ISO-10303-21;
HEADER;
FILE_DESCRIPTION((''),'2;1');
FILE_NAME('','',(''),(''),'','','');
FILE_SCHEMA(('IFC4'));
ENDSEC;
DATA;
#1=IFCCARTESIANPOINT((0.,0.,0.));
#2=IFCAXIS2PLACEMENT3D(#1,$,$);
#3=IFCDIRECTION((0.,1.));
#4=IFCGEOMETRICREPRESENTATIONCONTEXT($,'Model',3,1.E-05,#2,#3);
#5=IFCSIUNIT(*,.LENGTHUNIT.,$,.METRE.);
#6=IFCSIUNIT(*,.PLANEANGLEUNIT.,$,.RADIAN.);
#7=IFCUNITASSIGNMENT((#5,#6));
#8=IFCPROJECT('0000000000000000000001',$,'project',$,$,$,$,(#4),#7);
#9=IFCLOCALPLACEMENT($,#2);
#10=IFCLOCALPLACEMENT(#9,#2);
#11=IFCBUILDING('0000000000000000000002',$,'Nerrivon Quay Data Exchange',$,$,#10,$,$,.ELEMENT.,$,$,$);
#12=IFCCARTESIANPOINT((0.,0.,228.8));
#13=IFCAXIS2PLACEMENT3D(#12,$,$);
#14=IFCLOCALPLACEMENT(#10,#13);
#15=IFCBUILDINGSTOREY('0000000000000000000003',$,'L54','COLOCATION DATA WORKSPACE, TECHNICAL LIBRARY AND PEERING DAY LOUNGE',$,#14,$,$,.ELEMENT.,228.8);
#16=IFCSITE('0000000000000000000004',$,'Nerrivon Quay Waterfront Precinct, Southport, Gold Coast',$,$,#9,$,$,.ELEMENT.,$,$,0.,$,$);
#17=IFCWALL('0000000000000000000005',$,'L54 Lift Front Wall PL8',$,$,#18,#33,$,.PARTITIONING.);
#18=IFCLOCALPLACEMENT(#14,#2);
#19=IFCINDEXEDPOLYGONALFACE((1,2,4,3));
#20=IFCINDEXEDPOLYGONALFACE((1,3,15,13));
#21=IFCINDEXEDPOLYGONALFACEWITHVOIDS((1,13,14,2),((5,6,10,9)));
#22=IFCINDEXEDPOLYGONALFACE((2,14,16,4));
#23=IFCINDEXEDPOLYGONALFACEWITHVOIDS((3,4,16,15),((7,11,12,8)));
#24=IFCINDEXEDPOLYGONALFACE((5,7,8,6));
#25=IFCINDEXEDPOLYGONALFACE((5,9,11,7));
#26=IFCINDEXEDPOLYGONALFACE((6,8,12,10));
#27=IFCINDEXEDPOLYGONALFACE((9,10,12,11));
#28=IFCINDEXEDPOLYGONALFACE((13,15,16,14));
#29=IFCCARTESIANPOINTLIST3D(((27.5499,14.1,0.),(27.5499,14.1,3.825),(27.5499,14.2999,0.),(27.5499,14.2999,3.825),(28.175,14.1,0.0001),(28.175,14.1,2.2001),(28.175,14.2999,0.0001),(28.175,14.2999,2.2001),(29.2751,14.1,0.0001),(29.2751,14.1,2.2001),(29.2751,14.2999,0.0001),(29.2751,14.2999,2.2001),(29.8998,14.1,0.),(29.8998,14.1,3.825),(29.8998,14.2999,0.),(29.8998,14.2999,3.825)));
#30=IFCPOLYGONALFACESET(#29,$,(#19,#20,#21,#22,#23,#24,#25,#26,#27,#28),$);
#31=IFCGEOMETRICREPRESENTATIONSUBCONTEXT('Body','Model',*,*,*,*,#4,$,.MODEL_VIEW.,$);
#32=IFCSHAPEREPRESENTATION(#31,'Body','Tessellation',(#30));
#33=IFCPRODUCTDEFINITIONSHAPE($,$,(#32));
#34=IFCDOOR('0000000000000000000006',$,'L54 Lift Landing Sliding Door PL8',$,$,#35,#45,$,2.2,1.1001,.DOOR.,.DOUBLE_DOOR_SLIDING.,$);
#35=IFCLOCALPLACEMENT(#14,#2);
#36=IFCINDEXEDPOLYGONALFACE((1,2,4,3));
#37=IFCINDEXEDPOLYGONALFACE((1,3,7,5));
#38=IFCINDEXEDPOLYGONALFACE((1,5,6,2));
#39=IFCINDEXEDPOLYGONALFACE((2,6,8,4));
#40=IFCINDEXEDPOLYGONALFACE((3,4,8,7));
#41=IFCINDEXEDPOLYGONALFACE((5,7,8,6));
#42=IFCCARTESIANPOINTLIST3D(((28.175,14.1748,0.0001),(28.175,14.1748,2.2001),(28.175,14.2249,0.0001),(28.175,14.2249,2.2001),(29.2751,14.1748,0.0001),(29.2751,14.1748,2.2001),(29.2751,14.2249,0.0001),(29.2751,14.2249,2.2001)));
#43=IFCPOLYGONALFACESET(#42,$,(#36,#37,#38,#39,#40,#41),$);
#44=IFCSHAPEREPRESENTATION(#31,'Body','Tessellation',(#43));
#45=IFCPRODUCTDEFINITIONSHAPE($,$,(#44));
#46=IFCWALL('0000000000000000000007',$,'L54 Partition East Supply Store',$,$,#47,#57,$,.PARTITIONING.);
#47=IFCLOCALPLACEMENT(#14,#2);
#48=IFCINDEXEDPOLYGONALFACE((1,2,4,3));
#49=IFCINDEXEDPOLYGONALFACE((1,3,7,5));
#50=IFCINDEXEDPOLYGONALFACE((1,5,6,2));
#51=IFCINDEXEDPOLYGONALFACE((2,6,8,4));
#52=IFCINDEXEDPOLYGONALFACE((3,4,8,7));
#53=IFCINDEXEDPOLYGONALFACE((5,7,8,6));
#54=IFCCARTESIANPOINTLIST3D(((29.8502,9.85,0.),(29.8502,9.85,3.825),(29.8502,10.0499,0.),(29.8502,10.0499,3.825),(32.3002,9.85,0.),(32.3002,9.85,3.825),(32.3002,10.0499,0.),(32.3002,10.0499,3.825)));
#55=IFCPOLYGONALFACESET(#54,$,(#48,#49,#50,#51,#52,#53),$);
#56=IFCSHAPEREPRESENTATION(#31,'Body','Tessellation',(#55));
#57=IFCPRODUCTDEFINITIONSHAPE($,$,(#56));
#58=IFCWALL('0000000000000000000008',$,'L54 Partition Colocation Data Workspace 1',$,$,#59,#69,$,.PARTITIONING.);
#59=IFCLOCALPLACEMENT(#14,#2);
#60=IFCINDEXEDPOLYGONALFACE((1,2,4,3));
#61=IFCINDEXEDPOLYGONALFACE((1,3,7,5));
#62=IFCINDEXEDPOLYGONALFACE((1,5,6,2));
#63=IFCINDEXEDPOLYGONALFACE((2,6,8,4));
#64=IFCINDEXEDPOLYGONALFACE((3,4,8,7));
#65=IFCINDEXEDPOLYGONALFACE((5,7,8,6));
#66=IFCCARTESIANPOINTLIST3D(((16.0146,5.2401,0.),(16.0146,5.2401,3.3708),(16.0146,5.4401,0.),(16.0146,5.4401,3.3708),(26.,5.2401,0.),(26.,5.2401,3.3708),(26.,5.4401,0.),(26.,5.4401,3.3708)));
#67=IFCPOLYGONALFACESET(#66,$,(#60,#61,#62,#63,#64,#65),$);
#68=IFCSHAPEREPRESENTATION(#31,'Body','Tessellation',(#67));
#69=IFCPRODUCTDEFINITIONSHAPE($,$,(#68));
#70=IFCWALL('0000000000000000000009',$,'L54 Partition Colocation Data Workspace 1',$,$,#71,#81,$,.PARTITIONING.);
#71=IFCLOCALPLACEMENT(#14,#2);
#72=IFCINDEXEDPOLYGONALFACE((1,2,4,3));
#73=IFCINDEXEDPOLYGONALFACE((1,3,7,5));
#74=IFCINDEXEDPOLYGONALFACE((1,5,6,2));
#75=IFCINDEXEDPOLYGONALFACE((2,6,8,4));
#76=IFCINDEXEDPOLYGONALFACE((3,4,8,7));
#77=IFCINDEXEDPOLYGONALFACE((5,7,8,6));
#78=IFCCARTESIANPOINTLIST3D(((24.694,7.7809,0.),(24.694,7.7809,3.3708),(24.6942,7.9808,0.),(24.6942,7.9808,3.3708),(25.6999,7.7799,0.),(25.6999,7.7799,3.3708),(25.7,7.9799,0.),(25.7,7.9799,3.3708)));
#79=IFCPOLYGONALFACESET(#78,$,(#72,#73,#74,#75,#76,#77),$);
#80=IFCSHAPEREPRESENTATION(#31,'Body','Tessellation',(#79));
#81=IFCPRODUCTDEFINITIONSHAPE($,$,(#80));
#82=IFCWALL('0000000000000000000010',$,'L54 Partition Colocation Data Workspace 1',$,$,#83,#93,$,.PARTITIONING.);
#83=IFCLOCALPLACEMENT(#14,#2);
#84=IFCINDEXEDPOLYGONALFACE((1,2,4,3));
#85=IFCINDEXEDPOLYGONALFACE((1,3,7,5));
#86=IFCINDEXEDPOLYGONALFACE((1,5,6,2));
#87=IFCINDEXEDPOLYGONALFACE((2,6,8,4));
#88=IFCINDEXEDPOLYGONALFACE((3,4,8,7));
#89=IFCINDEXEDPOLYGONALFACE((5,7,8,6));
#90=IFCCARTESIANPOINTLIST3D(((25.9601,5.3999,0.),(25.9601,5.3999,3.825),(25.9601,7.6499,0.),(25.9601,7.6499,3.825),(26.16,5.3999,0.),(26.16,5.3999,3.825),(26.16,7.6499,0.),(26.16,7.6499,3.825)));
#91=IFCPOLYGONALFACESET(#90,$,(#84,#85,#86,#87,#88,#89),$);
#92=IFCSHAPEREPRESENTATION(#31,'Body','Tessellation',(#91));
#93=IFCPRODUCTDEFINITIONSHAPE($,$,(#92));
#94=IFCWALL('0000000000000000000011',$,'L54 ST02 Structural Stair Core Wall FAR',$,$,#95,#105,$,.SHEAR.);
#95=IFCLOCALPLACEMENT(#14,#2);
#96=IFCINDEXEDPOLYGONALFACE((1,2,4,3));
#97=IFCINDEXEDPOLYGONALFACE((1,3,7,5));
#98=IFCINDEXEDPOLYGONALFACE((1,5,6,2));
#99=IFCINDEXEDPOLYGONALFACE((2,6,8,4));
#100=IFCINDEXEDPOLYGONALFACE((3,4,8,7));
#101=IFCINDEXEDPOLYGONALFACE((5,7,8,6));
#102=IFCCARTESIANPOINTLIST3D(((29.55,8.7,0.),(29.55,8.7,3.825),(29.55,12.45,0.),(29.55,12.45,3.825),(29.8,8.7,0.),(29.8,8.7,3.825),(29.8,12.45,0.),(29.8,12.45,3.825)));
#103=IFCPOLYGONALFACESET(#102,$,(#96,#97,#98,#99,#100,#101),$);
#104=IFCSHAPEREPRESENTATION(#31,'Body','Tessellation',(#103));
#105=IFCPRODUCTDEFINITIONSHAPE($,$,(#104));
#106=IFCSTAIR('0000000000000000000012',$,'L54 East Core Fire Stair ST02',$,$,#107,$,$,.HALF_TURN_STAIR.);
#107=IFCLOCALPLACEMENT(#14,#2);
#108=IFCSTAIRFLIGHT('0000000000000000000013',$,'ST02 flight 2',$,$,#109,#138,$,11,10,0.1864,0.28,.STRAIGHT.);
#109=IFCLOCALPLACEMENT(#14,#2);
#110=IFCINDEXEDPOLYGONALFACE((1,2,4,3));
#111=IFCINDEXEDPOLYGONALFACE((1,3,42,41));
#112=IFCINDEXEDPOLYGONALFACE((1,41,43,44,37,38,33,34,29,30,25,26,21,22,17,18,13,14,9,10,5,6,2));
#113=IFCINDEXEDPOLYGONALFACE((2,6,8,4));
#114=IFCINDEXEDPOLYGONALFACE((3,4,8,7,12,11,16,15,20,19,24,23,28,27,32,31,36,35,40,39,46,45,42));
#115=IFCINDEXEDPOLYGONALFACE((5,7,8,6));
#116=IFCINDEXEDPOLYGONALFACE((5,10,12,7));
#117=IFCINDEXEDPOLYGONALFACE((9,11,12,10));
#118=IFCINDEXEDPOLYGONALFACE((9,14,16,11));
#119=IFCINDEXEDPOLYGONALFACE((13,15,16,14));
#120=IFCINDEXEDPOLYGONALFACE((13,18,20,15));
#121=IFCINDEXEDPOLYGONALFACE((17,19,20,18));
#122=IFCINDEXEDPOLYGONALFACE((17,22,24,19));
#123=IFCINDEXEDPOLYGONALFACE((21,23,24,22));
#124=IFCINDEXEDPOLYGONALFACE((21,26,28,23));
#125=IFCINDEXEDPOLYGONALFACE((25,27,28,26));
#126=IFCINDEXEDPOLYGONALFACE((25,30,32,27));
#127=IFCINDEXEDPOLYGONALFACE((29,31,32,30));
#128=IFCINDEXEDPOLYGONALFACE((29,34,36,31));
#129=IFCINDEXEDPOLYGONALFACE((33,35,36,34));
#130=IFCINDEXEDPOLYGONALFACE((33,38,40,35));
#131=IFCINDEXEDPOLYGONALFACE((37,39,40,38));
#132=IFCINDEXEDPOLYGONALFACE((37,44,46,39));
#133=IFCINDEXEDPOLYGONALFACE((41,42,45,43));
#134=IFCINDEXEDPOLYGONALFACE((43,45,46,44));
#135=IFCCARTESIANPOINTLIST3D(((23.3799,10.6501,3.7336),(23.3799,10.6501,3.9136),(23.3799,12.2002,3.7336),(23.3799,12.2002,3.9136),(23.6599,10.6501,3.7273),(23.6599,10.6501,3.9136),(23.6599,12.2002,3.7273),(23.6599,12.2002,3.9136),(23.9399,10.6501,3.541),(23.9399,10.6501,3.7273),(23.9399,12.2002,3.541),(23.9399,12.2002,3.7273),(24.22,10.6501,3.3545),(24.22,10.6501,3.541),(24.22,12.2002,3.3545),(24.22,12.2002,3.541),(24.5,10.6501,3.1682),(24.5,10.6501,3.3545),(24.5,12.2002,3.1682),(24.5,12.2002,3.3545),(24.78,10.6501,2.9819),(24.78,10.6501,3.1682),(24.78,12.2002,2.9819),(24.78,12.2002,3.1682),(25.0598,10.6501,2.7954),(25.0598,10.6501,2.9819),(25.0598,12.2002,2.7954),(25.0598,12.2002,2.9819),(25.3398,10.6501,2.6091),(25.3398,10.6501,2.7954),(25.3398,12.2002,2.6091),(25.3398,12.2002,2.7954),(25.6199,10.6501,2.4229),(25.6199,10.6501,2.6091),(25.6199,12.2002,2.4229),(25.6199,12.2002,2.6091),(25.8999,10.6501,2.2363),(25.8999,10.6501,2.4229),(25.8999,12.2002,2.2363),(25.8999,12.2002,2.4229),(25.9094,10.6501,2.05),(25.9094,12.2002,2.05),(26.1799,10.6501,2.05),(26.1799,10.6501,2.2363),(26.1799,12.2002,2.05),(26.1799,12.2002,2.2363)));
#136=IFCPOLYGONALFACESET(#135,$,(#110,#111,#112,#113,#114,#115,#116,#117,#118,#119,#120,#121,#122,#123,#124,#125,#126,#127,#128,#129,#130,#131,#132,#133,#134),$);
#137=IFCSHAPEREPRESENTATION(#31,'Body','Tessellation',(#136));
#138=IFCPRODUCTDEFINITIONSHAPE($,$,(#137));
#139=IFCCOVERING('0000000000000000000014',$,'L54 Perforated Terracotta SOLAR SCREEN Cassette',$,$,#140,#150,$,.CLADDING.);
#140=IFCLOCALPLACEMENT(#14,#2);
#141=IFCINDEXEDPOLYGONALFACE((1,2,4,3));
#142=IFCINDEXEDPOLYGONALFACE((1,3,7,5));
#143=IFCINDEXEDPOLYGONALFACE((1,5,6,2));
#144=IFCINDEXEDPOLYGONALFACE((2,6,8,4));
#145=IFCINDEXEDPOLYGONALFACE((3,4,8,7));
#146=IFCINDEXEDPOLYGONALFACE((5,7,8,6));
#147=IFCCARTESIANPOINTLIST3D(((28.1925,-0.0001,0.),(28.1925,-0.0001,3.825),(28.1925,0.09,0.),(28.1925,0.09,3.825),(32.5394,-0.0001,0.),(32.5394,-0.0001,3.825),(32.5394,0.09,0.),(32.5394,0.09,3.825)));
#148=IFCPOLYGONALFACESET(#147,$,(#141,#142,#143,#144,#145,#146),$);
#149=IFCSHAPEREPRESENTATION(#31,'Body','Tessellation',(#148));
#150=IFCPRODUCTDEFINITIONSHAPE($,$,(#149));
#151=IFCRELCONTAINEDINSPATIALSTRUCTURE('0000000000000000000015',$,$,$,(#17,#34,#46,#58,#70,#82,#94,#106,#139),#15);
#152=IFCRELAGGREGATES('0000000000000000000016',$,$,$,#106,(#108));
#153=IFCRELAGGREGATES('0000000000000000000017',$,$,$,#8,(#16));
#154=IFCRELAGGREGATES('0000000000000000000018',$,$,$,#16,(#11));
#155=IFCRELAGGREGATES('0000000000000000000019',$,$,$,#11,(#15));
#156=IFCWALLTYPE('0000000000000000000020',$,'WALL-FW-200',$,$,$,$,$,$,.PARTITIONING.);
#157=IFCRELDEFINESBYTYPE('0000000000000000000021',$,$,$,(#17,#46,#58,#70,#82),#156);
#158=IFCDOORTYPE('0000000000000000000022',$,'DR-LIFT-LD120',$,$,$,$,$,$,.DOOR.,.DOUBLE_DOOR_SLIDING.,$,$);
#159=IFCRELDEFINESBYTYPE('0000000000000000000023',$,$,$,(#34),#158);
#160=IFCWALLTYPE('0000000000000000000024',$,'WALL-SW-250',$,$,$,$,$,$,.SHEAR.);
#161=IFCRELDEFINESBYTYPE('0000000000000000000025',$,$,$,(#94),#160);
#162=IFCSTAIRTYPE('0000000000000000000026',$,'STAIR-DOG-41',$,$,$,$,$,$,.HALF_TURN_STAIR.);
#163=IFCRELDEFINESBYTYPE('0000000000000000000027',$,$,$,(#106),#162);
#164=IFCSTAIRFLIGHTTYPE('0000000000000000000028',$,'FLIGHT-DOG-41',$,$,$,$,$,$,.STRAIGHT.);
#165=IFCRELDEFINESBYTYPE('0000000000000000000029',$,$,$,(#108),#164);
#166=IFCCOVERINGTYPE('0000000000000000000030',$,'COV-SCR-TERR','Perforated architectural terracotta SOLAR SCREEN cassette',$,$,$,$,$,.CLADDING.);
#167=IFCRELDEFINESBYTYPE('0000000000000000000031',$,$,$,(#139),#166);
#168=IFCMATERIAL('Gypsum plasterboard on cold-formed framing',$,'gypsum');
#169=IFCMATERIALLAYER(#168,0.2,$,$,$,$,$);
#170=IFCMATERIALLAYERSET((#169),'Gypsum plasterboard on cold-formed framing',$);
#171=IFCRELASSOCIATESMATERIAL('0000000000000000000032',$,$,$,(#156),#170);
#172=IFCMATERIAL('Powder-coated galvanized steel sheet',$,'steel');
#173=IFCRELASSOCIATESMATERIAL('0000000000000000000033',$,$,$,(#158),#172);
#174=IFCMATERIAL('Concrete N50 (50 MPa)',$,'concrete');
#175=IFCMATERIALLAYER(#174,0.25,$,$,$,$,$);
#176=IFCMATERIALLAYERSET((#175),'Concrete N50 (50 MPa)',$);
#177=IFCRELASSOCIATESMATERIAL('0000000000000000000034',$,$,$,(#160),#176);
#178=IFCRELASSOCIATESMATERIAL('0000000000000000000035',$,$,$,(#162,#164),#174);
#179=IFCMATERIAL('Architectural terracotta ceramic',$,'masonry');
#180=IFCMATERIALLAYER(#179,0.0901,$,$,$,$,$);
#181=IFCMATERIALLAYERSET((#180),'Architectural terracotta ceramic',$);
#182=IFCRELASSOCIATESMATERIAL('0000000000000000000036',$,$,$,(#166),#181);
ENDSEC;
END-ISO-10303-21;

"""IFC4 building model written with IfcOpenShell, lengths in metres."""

from ifc_helpers import new_model, si_unit, direction, frame, frame_2d, origin, origin_2d, place, context, subcontext, project, spatial, polyline, rectangle, outline, extrude, material, layer, layer_set, type_object, element, fill, aggregate, save


model = new_model("IFC4")

# Units and contexts
model_context = context("Model", 3, precision=1e-05, world=origin(), true_north=direction((0.0, 1.0)))
body_context = subcontext(model_context, "Body", "Model", "MODEL_VIEW")
ifc_project = project(units=[si_unit("LENGTHUNIT", "METRE"), si_unit("PLANEANGLEUNIT", "RADIAN")], contexts=[model_context])

# Site, building, storey
site_placement = place(None, origin())
site = spatial("IfcSite", under=ifc_project, at=site_placement, Name="Nerrivon Quay Waterfront Precinct, Southport, Gold Coast", CompositionType="ELEMENT", RefElevation=0.0)
building_placement = place(site_placement, origin())
building = spatial("IfcBuilding", under=site, at=building_placement, Name="Nerrivon Quay Data Exchange", CompositionType="ELEMENT")
storey_placement = place(building_placement, frame((0.0, 0.0, 228.8)))
storey = spatial("IfcBuildingStorey", under=building, at=storey_placement, Name="L54", Description="COLOCATION DATA WORKSPACE, TECHNICAL LIBRARY AND PEERING DAY LOUNGE", CompositionType="ELEMENT", Elevation=228.8)

# Shared definitions
ifc_material_1 = material(Name="Concrete N50 (50 MPa)", Category="concrete")

# Wall, opening, door
ifc_material_2 = material(Name="Powder-coated galvanized steel sheet", Category="steel")
ifc_material_3 = material(Name="Gypsum plasterboard on cold-formed framing", Category="gypsum")
ifc_layer_1 = layer(ifc_material_3, 0.2)
ifc_layer_set_1 = layer_set([ifc_layer_1], Name="Gypsum plasterboard on cold-formed framing")
wall_type_1 = type_object("IfcWallType", Name="WALL-FW-200", PredefinedType="PARTITIONING", material=ifc_layer_set_1)
wall_1_placement = place(storey_placement, frame((27.55, 14.2, 0.0), z_axis=(0.0, 0.0, 1.0), x_axis=(1.0, 0.0, 0.0)))
wall_1 = element("IfcWall", 1, at=wall_1_placement, inside=storey, type_object=wall_type_1, Name="L54 Lift Front Wall PL8", PredefinedType="PARTITIONING", context=body_context, shape_type="SweptSolid", body=[
    extrude(rectangle(XDim=2.3499, YDim=0.2, at=frame_2d((1.1748, 0.0))), origin(), (0.0, 0.0, 1.0), 3.825),
])
opening_1_placement = place(wall_1_placement, frame((0.625, 0.0, 0.0)))
opening_1 = element("IfcOpeningElement", 2, at=opening_1_placement, cuts=wall_1, PredefinedType="OPENING", context=body_context, shape_type="SweptSolid", body=[
    extrude(rectangle(XDim=1.1001, YDim=2.2, at=frame_2d((0.55, 1.1001))), frame((0.0, 0.1099, 0.0), z_axis=(0.0, -1.0, 0.0), x_axis=(1.0, 0.0, 0.0)), (0.0, 0.0, 1.0), 0.22),
])
door_type_1 = type_object("IfcDoorType", Name="DR-LIFT-LD120", OperationType="DOUBLE_DOOR_SLIDING", PredefinedType="DOOR", material=ifc_material_2)
door_1_placement = place(opening_1_placement, origin())
door_1 = element("IfcDoor", 3, at=door_1_placement, inside=storey, type_object=door_type_1, Name="L54 Lift Landing Sliding Door PL8", OperationType="DOUBLE_DOOR_SLIDING", OverallHeight=2.2, OverallWidth=1.1001, PredefinedType="DOOR", context=body_context, shape_type="SweptSolid", body=[
    extrude(rectangle(XDim=1.1001, YDim=2.2, at=frame_2d((0.55, 1.1001))), frame((0.0, 0.0249, 0.0), z_axis=(0.0, -1.0, 0.0), x_axis=(1.0, 0.0, 0.0)), (0.0, 0.0, 1.0), 0.05),
])
fill(opening_1, door_1)

# Walls
wall_2_placement = place(storey_placement, frame((29.8501, 9.95, 0.0), z_axis=(0.0, 0.0, 1.0), x_axis=(1.0, 0.0, 0.0)))
element("IfcWall", 4, at=wall_2_placement, inside=storey, type_object=wall_type_1, Name="L54 Partition East Supply Store", PredefinedType="PARTITIONING", context=body_context, shape_type="SweptSolid", body=[
    extrude(rectangle(XDim=2.45, YDim=0.2, at=frame_2d((1.2251, 0.0))), origin(), (0.0, 0.0, 1.0), 3.825),
])
wall_3_placement = place(storey_placement, frame((26.0, 5.3401, 0.0), z_axis=(0.0, 0.0, 1.0), x_axis=(-1.0, 0.0, 0.0)))
element("IfcWall", 5, at=wall_3_placement, inside=storey, type_object=wall_type_1, Name="L54 Partition Colocation Data Workspace 1", PredefinedType="PARTITIONING", context=body_context, shape_type="SweptSolid", body=[
    extrude(rectangle(XDim=9.9854, YDim=0.2, at=frame_2d((4.9927, 0.0))), origin(), (0.0, 0.0, 1.0), 3.3708),
])
wall_4_placement = place(storey_placement, frame((25.7, 7.8799, 0.0), z_axis=(0.0, 0.0, 1.0), x_axis=(-1.0, 0.000971, 0.0)))
element("IfcWall", 6, at=wall_4_placement, inside=storey, type_object=wall_type_1, Name="L54 Partition Colocation Data Workspace 1", PredefinedType="PARTITIONING", context=body_context, shape_type="SweptSolid", body=[
    extrude(rectangle(XDim=1.0059, YDim=0.2, at=frame_2d((0.5029, 0.0))), origin(), (0.0, 0.0, 1.0), 3.3708),
])
wall_5_placement = place(storey_placement, frame((26.0601, 7.6499, 0.0), z_axis=(0.0, 0.0, 1.0), x_axis=(0.0, -1.0, 0.0)))
element("IfcWall", 7, at=wall_5_placement, inside=storey, type_object=wall_type_1, Name="L54 Partition Colocation Data Workspace 1", PredefinedType="PARTITIONING", context=body_context, shape_type="SweptSolid", body=[
    extrude(rectangle(XDim=2.25, YDim=0.2, at=frame_2d((1.125, 0.0))), origin(), (0.0, 0.0, 1.0), 3.825),
])
ifc_layer_2 = layer(ifc_material_1, 0.25)
ifc_layer_set_2 = layer_set([ifc_layer_2], Name="Concrete N50 (50 MPa)")
wall_type_2 = type_object("IfcWallType", Name="WALL-SW-250", PredefinedType="SHEAR", material=ifc_layer_set_2)
wall_6_placement = place(storey_placement, frame((29.675, 8.7, 0.0), z_axis=(0.0, 0.0, 1.0), x_axis=(0.0, 1.0, 0.0)))
element("IfcWall", 8, at=wall_6_placement, inside=storey, type_object=wall_type_2, Name="L54 ST02 Structural Stair Core Wall FAR", PredefinedType="SHEAR", context=body_context, shape_type="SweptSolid", body=[
    extrude(rectangle(XDim=3.75, YDim=0.25, at=frame_2d((1.875, 0.0))), origin(), (0.0, 0.0, 1.0), 3.825),
])

# Stair, stair flight
stair_type = type_object("IfcStairType", Name="STAIR-DOG-41", PredefinedType="HALF_TURN_STAIR", material=ifc_material_1)
stair_placement = place(storey_placement, origin())
stair = element("IfcStair", 9, at=stair_placement, inside=storey, type_object=stair_type, Name="L54 East Core Fire Stair ST02", PredefinedType="HALF_TURN_STAIR")
stair_flight_type = type_object("IfcStairFlightType", Name="FLIGHT-DOG-41", PredefinedType="STRAIGHT", material=ifc_material_1)
stair_flight_placement = place(storey_placement, frame((26.1799, 11.425, 2.05), z_axis=(0.0, 0.0, 1.0), x_axis=(-1.0, 0.0, 0.0)))
stair_flight = element("IfcStairFlight", 10, at=stair_flight_placement, type_object=stair_flight_type, Name="ST02 flight 2", NumberOfRisers=11, NumberOfTreads=10, PredefinedType="STRAIGHT", RiserHeight=0.1864, TreadLength=0.28, context=body_context, shape_type="SweptSolid", body=[
    extrude(outline(polyline([(0.0, 0.0), (0.0, 0.1863), (0.28, 0.1863), (0.28, 0.3728), (0.5601, 0.3728), (0.5601, 0.5591), (0.8401, 0.5591), (0.8401, 0.7454), (1.1201, 0.7454), (1.1201, 0.9319), (1.3999, 0.9319), (1.3999, 1.1182), (1.6799, 1.1182), (1.6799, 1.3044), (1.96, 1.3044), (1.96, 1.491), (2.24, 1.491), (2.24, 1.6772), (2.52, 1.6772), (2.52, 1.8635), (2.8, 1.8635), (2.8, 2.05), (2.8, 1.6836), (0.2705, 0.0), (0.0, 0.0)])), frame((0.0, 0.7749, 0.0), z_axis=(0.0, -1.0, 0.0), x_axis=(1.0, 0.0, 0.0)), (0.0, 0.0, 1.0), 1.55),
])
aggregate(stair, [stair_flight])

# Covering
ifc_material_4 = material(Name="Architectural terracotta ceramic", Category="masonry")
ifc_layer_3 = layer(ifc_material_4, 0.0901)
ifc_layer_set_3 = layer_set([ifc_layer_3], Name="Architectural terracotta ceramic")
covering_type = type_object("IfcCoveringType", Name="COV-SCR-TERR", Description="Perforated architectural terracotta SOLAR SCREEN cassette", PredefinedType="CLADDING", material=ifc_layer_set_3)
covering_placement = place(storey_placement, frame((30.366, 0.0449, 0.0), z_axis=(0.0, 0.0, 1.0), x_axis=(-1.0, 0.0, 0.0)))
element("IfcCovering", 11, at=covering_placement, inside=storey, type_object=covering_type, Name="L54 Perforated Terracotta SOLAR SCREEN Cassette", PredefinedType="CLADDING", context=body_context, shape_type="SweptSolid", body=[
    extrude(rectangle(XDim=4.3469, YDim=0.0901, at=origin_2d()), origin(), (0.0, 0.0, 1.0), 3.825),
])

save(model, "model.ifc")
